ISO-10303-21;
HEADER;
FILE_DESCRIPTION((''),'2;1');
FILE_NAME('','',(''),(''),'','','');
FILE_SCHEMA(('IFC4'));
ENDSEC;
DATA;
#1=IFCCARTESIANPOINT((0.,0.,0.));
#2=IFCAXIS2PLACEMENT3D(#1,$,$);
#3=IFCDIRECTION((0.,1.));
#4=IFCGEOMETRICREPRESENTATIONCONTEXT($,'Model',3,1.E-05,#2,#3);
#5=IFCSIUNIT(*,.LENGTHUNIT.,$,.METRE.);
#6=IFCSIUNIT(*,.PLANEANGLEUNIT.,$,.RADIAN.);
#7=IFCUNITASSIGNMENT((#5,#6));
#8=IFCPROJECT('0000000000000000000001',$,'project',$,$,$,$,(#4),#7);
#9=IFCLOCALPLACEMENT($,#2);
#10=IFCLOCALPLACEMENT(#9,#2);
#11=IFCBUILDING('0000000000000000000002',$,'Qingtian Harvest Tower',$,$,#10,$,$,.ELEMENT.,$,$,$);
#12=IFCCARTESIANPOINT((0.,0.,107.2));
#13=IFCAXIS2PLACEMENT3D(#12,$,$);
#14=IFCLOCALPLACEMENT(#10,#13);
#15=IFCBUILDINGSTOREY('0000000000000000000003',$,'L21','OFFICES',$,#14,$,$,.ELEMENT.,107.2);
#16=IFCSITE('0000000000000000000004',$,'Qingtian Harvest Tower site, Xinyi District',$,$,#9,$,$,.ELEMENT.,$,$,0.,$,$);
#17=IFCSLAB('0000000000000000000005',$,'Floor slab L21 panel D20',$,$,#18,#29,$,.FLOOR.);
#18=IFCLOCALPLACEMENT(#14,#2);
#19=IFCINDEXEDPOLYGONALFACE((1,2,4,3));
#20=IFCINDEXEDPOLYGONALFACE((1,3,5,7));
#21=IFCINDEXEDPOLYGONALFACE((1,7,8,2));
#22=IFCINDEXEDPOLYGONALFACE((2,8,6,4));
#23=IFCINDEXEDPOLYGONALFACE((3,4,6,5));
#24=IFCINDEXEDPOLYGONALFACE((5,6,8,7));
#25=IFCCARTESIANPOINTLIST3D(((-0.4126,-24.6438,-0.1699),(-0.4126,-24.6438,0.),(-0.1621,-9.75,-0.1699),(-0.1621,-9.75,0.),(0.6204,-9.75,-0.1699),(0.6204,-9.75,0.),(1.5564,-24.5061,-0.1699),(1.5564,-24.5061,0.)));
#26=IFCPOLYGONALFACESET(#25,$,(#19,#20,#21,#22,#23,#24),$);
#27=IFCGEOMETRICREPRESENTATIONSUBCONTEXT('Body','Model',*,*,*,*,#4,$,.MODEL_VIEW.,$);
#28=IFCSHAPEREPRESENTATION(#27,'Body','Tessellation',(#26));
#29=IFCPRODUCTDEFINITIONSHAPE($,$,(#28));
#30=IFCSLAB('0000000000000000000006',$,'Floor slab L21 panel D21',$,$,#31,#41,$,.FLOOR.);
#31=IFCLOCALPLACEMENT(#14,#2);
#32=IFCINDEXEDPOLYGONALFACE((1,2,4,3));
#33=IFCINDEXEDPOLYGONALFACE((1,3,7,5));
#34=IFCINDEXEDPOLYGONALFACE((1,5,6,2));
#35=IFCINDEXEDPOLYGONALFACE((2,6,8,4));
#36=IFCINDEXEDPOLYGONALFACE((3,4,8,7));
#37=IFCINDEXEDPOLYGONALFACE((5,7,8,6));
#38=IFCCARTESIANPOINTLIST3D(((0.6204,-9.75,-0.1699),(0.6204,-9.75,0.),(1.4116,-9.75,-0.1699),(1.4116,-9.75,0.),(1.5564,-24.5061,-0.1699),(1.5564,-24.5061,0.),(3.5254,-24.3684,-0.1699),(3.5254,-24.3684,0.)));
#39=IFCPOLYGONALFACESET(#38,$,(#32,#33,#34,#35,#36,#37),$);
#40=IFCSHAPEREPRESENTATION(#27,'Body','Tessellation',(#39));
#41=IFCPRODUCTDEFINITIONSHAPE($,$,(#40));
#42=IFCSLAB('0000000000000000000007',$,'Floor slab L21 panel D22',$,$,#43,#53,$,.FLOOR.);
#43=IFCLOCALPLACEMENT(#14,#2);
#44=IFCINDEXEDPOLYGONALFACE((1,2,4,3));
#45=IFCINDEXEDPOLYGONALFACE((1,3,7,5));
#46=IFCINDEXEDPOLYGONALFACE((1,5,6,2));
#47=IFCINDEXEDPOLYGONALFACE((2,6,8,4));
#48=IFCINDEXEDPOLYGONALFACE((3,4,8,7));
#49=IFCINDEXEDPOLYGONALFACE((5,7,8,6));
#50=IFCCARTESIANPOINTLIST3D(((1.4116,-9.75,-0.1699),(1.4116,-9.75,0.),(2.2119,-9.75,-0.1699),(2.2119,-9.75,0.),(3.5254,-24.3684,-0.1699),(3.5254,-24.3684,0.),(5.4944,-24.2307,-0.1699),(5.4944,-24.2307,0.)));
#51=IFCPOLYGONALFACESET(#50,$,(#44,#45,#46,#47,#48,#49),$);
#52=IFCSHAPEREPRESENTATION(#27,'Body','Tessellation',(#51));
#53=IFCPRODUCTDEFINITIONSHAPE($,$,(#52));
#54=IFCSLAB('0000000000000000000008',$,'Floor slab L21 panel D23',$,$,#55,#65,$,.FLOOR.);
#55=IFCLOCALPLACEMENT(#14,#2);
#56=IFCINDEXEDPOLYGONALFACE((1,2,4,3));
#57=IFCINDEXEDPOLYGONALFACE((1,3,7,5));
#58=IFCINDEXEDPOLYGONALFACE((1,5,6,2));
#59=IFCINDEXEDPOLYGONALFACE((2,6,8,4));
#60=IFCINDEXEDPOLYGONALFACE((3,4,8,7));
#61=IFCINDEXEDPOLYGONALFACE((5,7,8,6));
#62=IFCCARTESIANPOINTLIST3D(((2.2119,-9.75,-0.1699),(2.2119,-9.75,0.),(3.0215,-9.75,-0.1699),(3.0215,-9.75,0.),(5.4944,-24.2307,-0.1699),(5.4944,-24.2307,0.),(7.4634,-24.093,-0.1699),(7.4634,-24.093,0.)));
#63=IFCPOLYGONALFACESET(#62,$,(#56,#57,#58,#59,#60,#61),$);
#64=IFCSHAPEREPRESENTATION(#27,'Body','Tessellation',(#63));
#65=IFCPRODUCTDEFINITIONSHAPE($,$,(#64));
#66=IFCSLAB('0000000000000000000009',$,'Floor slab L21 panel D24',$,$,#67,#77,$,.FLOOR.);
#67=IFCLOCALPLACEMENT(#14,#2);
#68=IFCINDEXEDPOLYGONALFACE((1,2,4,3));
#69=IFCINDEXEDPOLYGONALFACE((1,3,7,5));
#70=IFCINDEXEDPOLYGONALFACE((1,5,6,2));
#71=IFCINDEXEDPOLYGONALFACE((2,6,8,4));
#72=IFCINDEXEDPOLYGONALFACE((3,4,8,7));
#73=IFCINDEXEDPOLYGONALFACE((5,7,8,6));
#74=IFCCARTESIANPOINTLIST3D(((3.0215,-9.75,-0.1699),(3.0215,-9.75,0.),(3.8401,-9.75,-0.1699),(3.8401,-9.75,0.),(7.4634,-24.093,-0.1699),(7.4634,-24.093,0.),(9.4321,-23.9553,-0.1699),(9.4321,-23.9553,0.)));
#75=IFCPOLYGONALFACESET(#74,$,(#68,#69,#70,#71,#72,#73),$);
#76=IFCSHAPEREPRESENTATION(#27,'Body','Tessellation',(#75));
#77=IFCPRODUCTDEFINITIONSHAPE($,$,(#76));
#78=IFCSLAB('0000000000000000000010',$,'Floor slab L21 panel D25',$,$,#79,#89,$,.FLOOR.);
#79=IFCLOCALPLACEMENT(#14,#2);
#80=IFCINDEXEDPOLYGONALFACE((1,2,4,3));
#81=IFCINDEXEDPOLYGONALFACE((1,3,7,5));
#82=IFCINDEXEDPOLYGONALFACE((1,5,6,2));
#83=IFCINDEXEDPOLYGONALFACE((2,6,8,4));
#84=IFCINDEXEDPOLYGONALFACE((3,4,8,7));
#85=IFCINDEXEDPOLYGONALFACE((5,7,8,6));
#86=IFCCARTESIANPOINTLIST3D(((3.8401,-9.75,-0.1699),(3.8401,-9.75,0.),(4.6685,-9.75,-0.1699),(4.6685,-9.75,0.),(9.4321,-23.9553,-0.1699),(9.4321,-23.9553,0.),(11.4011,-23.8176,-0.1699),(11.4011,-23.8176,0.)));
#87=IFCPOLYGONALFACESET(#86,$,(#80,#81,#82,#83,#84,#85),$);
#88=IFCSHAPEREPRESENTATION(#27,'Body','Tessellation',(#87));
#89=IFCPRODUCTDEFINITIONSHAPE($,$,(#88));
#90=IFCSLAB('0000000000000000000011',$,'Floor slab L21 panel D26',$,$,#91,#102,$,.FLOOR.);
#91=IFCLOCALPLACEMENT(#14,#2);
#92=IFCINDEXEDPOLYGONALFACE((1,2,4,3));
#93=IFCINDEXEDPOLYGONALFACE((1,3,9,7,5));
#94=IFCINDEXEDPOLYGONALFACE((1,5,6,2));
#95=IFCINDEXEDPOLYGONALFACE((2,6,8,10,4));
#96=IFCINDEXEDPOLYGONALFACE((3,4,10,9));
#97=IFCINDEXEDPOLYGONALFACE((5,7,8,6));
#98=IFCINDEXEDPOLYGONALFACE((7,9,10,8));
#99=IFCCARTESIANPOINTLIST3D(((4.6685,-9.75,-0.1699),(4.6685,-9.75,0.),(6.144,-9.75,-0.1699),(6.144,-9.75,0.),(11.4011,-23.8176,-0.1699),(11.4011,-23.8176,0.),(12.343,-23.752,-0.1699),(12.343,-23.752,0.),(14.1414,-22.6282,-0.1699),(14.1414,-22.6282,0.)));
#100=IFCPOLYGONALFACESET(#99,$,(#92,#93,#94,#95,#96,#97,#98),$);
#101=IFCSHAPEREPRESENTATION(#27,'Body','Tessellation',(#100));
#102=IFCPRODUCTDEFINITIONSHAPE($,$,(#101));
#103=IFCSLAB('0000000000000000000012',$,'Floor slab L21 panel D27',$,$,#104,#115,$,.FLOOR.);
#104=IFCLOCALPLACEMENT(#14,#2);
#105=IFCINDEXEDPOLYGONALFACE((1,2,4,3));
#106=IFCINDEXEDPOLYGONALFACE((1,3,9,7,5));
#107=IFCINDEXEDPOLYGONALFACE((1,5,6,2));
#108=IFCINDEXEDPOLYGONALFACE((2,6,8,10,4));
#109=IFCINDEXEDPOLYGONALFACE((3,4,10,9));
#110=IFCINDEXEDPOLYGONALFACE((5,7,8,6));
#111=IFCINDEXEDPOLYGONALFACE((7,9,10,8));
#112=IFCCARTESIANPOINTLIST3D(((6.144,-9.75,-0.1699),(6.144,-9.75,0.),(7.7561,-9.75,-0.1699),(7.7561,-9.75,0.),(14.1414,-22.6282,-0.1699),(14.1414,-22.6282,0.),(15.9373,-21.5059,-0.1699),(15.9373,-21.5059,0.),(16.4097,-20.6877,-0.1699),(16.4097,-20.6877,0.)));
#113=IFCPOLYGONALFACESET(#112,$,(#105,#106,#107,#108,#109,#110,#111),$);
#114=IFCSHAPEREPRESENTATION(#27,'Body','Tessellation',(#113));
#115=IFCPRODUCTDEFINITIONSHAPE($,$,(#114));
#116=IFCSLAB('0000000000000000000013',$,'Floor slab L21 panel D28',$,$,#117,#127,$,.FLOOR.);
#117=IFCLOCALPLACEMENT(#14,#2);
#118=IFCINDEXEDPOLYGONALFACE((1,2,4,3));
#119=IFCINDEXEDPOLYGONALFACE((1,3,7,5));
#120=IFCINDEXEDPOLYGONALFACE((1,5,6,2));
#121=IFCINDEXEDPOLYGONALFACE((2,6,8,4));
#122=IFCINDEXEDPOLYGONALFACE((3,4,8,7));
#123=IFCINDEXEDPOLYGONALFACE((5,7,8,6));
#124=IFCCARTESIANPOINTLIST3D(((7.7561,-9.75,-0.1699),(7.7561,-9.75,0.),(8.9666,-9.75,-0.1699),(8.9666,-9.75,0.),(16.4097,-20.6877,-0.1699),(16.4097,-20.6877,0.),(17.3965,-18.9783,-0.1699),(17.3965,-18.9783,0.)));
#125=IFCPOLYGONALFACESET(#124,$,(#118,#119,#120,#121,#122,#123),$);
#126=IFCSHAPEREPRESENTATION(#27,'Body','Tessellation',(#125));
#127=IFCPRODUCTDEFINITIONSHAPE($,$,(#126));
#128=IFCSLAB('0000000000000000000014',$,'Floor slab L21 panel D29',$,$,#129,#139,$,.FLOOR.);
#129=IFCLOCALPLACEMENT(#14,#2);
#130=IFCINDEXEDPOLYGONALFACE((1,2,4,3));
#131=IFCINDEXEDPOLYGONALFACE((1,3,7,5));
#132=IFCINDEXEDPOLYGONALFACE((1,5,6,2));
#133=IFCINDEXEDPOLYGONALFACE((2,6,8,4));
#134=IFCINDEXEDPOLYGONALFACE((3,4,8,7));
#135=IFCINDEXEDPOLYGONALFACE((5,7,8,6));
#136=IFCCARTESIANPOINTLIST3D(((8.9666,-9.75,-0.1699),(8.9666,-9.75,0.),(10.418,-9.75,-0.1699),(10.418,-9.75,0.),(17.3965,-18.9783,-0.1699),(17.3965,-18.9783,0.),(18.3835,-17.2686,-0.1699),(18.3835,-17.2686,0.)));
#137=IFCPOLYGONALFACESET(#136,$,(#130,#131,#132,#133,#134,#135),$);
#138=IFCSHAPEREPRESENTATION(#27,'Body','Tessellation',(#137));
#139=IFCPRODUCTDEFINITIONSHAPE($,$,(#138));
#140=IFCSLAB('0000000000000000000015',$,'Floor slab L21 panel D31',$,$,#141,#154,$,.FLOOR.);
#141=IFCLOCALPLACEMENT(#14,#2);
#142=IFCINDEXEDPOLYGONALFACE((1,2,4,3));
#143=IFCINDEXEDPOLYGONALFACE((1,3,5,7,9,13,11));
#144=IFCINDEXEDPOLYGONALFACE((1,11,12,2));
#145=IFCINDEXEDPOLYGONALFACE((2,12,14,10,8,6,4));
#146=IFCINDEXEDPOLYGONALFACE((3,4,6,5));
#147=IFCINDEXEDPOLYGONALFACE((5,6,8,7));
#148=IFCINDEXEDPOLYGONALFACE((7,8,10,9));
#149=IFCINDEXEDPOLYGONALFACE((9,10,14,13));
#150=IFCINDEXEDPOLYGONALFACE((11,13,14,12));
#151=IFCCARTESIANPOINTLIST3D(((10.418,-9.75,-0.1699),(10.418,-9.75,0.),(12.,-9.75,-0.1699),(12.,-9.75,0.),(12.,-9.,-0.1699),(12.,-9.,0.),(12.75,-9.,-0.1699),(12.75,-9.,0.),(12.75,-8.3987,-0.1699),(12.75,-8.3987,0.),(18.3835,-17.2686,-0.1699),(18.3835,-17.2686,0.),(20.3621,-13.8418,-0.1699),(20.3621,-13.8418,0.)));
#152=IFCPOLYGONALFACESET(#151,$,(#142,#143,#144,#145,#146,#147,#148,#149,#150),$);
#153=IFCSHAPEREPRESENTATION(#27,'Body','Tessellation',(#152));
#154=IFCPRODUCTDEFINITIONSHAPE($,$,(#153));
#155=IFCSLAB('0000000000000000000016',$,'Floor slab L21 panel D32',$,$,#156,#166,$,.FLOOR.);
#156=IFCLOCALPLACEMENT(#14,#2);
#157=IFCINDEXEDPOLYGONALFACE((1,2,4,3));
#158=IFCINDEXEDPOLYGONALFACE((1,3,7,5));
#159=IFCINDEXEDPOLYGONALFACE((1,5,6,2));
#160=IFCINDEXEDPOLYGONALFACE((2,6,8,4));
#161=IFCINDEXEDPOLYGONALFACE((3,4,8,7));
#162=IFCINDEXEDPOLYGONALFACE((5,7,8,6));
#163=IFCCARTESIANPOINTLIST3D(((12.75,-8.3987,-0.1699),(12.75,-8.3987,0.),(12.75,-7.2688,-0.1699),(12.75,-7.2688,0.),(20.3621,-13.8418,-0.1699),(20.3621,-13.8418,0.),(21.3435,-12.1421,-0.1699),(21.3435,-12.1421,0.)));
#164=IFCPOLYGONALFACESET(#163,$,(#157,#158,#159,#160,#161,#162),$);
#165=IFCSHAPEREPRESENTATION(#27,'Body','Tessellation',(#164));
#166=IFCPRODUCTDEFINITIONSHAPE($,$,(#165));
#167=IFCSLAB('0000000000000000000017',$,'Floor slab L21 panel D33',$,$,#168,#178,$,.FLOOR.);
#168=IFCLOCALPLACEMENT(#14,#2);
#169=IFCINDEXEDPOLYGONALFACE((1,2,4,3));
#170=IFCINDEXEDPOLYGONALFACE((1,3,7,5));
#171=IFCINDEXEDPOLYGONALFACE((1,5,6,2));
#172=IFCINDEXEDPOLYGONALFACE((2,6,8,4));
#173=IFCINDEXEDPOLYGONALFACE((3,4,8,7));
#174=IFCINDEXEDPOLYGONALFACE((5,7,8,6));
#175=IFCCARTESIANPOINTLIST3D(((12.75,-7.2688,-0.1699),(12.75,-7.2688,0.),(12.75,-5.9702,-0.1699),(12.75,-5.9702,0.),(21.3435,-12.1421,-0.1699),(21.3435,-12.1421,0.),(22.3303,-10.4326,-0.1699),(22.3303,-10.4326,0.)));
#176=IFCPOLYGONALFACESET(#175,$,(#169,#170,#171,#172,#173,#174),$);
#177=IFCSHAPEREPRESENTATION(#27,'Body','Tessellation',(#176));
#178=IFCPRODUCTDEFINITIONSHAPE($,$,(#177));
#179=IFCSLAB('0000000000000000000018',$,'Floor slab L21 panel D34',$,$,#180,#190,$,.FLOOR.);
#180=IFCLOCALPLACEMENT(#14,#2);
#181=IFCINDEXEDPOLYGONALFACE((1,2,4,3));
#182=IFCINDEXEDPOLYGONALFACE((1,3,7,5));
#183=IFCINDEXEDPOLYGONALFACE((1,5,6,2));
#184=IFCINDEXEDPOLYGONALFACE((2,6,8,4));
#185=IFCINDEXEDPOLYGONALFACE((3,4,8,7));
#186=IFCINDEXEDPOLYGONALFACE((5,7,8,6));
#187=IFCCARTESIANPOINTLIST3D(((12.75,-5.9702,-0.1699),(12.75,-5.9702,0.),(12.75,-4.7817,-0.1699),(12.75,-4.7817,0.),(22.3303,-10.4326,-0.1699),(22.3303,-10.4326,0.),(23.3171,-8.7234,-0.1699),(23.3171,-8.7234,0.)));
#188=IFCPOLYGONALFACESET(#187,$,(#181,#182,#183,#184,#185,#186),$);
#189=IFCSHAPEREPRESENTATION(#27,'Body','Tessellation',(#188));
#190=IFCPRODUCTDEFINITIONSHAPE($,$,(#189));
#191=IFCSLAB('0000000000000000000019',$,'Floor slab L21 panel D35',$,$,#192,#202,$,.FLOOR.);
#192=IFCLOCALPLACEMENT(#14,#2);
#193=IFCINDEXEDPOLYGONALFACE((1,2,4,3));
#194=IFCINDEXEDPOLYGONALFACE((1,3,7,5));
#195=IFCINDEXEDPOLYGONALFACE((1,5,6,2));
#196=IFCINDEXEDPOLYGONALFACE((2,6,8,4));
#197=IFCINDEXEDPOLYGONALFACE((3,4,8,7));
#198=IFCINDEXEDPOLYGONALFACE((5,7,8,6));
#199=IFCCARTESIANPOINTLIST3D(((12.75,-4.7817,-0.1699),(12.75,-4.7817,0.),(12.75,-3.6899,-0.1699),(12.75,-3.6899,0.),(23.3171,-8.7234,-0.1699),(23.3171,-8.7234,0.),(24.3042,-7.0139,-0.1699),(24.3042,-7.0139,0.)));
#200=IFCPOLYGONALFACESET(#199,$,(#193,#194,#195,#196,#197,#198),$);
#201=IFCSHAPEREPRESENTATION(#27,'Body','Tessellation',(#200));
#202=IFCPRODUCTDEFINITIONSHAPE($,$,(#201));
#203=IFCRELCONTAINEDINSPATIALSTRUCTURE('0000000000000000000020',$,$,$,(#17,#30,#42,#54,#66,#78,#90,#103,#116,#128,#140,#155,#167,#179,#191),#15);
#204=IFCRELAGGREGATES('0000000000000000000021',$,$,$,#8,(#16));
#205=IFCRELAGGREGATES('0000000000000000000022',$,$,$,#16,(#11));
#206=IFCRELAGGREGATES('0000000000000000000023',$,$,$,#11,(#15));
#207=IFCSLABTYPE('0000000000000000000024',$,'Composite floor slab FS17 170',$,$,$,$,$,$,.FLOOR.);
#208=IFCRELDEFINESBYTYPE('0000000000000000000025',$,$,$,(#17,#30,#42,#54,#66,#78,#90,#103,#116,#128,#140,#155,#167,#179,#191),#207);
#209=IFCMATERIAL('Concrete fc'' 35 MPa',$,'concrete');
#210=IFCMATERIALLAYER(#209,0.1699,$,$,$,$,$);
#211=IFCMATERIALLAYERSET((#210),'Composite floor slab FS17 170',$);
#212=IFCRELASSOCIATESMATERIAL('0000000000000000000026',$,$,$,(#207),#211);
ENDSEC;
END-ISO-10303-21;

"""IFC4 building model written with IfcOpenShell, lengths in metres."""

from ifc_helpers import new_model, si_unit, direction, frame, origin, place, context, subcontext, project, spatial, polyline, outline, extrude, material, layer, layer_set, type_object, element, save


model = new_model("IFC4")

# Units and contexts
model_context = context("Model", 3, precision=1e-05, world=origin(), true_north=direction((0.0, 1.0)))
body_context = subcontext(model_context, "Body", "Model", "MODEL_VIEW")
ifc_project = project(units=[si_unit("LENGTHUNIT", "METRE"), si_unit("PLANEANGLEUNIT", "RADIAN")], contexts=[model_context])

# Site, building, storey
site_placement = place(None, origin())
site = spatial("IfcSite", under=ifc_project, at=site_placement, Name="Qingtian Harvest Tower site, Xinyi District", CompositionType="ELEMENT", RefElevation=0.0)
building_placement = place(site_placement, origin())
building = spatial("IfcBuilding", under=site, at=building_placement, Name="Qingtian Harvest Tower", CompositionType="ELEMENT")
storey_placement = place(building_placement, frame((0.0, 0.0, 107.2)))
storey = spatial("IfcBuildingStorey", under=building, at=storey_placement, Name="L21", Description="OFFICES", CompositionType="ELEMENT", Elevation=107.2)

# Slabs
ifc_material = material(Name="Concrete fc' 35 MPa", Category="concrete")
ifc_layer = layer(ifc_material, 0.1699)
ifc_layer_set = layer_set([ifc_layer], Name="Composite floor slab FS17 170")
slab_type = type_object("IfcSlabType", Name="Composite floor slab FS17 170", PredefinedType="FLOOR", material=ifc_layer_set)
slab_1_placement = place(storey_placement, frame((0.0, 0.0, -0.1699)))
element("IfcSlab", 1, at=slab_1_placement, inside=storey, type_object=slab_type, Name="Floor slab L21 panel D20", PredefinedType="FLOOR", context=body_context, shape_type="SweptSolid", body=[
    extrude(outline(polyline([(0.6204, -9.75), (1.5564, -24.5061), (-0.4126, -24.6438), (-0.1621, -9.75), (0.6204, -9.75)])), origin(), (0.0, 0.0, 1.0), 0.1699),
])
slab_2_placement = place(storey_placement, frame((0.0, 0.0, -0.1699)))
element("IfcSlab", 2, at=slab_2_placement, inside=storey, type_object=slab_type, Name="Floor slab L21 panel D21", PredefinedType="FLOOR", context=body_context, shape_type="SweptSolid", body=[
    extrude(outline(polyline([(1.4116, -9.75), (3.5254, -24.3684), (1.5564, -24.5061), (0.6204, -9.75), (1.4116, -9.75)])), origin(), (0.0, 0.0, 1.0), 0.1699),
])
slab_3_placement = place(storey_placement, frame((0.0, 0.0, -0.1699)))
element("IfcSlab", 3, at=slab_3_placement, inside=storey, type_object=slab_type, Name="Floor slab L21 panel D22", PredefinedType="FLOOR", context=body_context, shape_type="SweptSolid", body=[
    extrude(outline(polyline([(2.2119, -9.75), (5.4944, -24.2307), (3.5254, -24.3684), (1.4116, -9.75), (2.2119, -9.75)])), origin(), (0.0, 0.0, 1.0), 0.1699),
])
slab_4_placement = place(storey_placement, frame((0.0, 0.0, -0.1699)))
element("IfcSlab", 4, at=slab_4_placement, inside=storey, type_object=slab_type, Name="Floor slab L21 panel D23", PredefinedType="FLOOR", context=body_context, shape_type="SweptSolid", body=[
    extrude(outline(polyline([(3.0215, -9.75), (7.4634, -24.093), (5.4944, -24.2307), (2.2119, -9.75), (3.0215, -9.75)])), origin(), (0.0, 0.0, 1.0), 0.1699),
])
slab_5_placement = place(storey_placement, frame((0.0, 0.0, -0.1699)))
element("IfcSlab", 5, at=slab_5_placement, inside=storey, type_object=slab_type, Name="Floor slab L21 panel D24", PredefinedType="FLOOR", context=body_context, shape_type="SweptSolid", body=[
    extrude(outline(polyline([(3.8401, -9.75), (9.4321, -23.9553), (7.4634, -24.093), (3.0215, -9.75), (3.8401, -9.75)])), origin(), (0.0, 0.0, 1.0), 0.1699),
])
slab_6_placement = place(storey_placement, frame((0.0, 0.0, -0.1699)))
element("IfcSlab", 6, at=slab_6_placement, inside=storey, type_object=slab_type, Name="Floor slab L21 panel D25", PredefinedType="FLOOR", context=body_context, shape_type="SweptSolid", body=[
    extrude(outline(polyline([(4.6685, -9.75), (11.4011, -23.8176), (9.4321, -23.9553), (3.8401, -9.75), (4.6685, -9.75)])), origin(), (0.0, 0.0, 1.0), 0.1699),
])
slab_7_placement = place(storey_placement, frame((0.0, 0.0, -0.1699)))
element("IfcSlab", 7, at=slab_7_placement, inside=storey, type_object=slab_type, Name="Floor slab L21 panel D26", PredefinedType="FLOOR", context=body_context, shape_type="SweptSolid", body=[
    extrude(outline(polyline([(4.6685, -9.75), (6.144, -9.75), (14.1414, -22.6282), (12.343, -23.752), (11.4011, -23.8176), (4.6685, -9.75)])), origin(), (0.0, 0.0, 1.0), 0.1699),
])
slab_8_placement = place(storey_placement, frame((0.0, 0.0, -0.1699)))
element("IfcSlab", 8, at=slab_8_placement, inside=storey, type_object=slab_type, Name="Floor slab L21 panel D27", PredefinedType="FLOOR", context=body_context, shape_type="SweptSolid", body=[
    extrude(outline(polyline([(6.144, -9.75), (7.7561, -9.75), (16.4097, -20.6877), (15.9373, -21.5059), (14.1414, -22.6282), (6.144, -9.75)])), origin(), (0.0, 0.0, 1.0), 0.1699),
])
slab_9_placement = place(storey_placement, frame((0.0, 0.0, -0.1699)))
element("IfcSlab", 9, at=slab_9_placement, inside=storey, type_object=slab_type, Name="Floor slab L21 panel D28", PredefinedType="FLOOR", context=body_context, shape_type="SweptSolid", body=[
    extrude(outline(polyline([(8.9666, -9.75), (17.3965, -18.9783), (16.4097, -20.6877), (7.7561, -9.75), (8.9666, -9.75)])), origin(), (0.0, 0.0, 1.0), 0.1699),
])
slab_10_placement = place(storey_placement, frame((0.0, 0.0, -0.1699)))
element("IfcSlab", 10, at=slab_10_placement, inside=storey, type_object=slab_type, Name="Floor slab L21 panel D29", PredefinedType="FLOOR", context=body_context, shape_type="SweptSolid", body=[
    extrude(outline(polyline([(10.418, -9.75), (18.3835, -17.2686), (17.3965, -18.9783), (8.9666, -9.75), (10.418, -9.75)])), origin(), (0.0, 0.0, 1.0), 0.1699),
])
slab_11_placement = place(storey_placement, frame((0.0, 0.0, -0.1699)))
element("IfcSlab", 11, at=slab_11_placement, inside=storey, type_object=slab_type, Name="Floor slab L21 panel D31", PredefinedType="FLOOR", context=body_context, shape_type="SweptSolid", body=[
    extrude(outline(polyline([(12.75, -8.3987), (20.3621, -13.8418), (18.3835, -17.2686), (10.418, -9.75), (12.0, -9.75), (12.0, -9.0), (12.75, -9.0), (12.75, -8.3987)])), origin(), (0.0, 0.0, 1.0), 0.1699),
])
slab_12_placement = place(storey_placement, frame((0.0, 0.0, -0.1699)))
element("IfcSlab", 12, at=slab_12_placement, inside=storey, type_object=slab_type, Name="Floor slab L21 panel D32", PredefinedType="FLOOR", context=body_context, shape_type="SweptSolid", body=[
    extrude(outline(polyline([(12.75, -7.2688), (21.3435, -12.1421), (20.3621, -13.8418), (12.75, -8.3987), (12.75, -7.2688)])), origin(), (0.0, 0.0, 1.0), 0.1699),
])
slab_13_placement = place(storey_placement, frame((0.0, 0.0, -0.1699)))
element("IfcSlab", 13, at=slab_13_placement, inside=storey, type_object=slab_type, Name="Floor slab L21 panel D33", PredefinedType="FLOOR", context=body_context, shape_type="SweptSolid", body=[
    extrude(outline(polyline([(12.75, -5.9702), (22.3303, -10.4326), (21.3435, -12.1421), (12.75, -7.2688), (12.75, -5.9702)])), origin(), (0.0, 0.0, 1.0), 0.1699),
])
slab_14_placement = place(storey_placement, frame((0.0, 0.0, -0.1699)))
element("IfcSlab", 14, at=slab_14_placement, inside=storey, type_object=slab_type, Name="Floor slab L21 panel D34", PredefinedType="FLOOR", context=body_context, shape_type="SweptSolid", body=[
    extrude(outline(polyline([(12.75, -4.7817), (23.3171, -8.7234), (22.3303, -10.4326), (12.75, -5.9702), (12.75, -4.7817)])), origin(), (0.0, 0.0, 1.0), 0.1699),
])
slab_15_placement = place(storey_placement, frame((0.0, 0.0, -0.1699)))
element("IfcSlab", 15, at=slab_15_placement, inside=storey, type_object=slab_type, Name="Floor slab L21 panel D35", PredefinedType="FLOOR", context=body_context, shape_type="SweptSolid", body=[
    extrude(outline(polyline([(12.75, -3.6899), (24.3042, -7.0139), (23.3171, -8.7234), (12.75, -4.7817), (12.75, -3.6899)])), origin(), (0.0, 0.0, 1.0), 0.1699),
])

save(model, "model.ifc")
